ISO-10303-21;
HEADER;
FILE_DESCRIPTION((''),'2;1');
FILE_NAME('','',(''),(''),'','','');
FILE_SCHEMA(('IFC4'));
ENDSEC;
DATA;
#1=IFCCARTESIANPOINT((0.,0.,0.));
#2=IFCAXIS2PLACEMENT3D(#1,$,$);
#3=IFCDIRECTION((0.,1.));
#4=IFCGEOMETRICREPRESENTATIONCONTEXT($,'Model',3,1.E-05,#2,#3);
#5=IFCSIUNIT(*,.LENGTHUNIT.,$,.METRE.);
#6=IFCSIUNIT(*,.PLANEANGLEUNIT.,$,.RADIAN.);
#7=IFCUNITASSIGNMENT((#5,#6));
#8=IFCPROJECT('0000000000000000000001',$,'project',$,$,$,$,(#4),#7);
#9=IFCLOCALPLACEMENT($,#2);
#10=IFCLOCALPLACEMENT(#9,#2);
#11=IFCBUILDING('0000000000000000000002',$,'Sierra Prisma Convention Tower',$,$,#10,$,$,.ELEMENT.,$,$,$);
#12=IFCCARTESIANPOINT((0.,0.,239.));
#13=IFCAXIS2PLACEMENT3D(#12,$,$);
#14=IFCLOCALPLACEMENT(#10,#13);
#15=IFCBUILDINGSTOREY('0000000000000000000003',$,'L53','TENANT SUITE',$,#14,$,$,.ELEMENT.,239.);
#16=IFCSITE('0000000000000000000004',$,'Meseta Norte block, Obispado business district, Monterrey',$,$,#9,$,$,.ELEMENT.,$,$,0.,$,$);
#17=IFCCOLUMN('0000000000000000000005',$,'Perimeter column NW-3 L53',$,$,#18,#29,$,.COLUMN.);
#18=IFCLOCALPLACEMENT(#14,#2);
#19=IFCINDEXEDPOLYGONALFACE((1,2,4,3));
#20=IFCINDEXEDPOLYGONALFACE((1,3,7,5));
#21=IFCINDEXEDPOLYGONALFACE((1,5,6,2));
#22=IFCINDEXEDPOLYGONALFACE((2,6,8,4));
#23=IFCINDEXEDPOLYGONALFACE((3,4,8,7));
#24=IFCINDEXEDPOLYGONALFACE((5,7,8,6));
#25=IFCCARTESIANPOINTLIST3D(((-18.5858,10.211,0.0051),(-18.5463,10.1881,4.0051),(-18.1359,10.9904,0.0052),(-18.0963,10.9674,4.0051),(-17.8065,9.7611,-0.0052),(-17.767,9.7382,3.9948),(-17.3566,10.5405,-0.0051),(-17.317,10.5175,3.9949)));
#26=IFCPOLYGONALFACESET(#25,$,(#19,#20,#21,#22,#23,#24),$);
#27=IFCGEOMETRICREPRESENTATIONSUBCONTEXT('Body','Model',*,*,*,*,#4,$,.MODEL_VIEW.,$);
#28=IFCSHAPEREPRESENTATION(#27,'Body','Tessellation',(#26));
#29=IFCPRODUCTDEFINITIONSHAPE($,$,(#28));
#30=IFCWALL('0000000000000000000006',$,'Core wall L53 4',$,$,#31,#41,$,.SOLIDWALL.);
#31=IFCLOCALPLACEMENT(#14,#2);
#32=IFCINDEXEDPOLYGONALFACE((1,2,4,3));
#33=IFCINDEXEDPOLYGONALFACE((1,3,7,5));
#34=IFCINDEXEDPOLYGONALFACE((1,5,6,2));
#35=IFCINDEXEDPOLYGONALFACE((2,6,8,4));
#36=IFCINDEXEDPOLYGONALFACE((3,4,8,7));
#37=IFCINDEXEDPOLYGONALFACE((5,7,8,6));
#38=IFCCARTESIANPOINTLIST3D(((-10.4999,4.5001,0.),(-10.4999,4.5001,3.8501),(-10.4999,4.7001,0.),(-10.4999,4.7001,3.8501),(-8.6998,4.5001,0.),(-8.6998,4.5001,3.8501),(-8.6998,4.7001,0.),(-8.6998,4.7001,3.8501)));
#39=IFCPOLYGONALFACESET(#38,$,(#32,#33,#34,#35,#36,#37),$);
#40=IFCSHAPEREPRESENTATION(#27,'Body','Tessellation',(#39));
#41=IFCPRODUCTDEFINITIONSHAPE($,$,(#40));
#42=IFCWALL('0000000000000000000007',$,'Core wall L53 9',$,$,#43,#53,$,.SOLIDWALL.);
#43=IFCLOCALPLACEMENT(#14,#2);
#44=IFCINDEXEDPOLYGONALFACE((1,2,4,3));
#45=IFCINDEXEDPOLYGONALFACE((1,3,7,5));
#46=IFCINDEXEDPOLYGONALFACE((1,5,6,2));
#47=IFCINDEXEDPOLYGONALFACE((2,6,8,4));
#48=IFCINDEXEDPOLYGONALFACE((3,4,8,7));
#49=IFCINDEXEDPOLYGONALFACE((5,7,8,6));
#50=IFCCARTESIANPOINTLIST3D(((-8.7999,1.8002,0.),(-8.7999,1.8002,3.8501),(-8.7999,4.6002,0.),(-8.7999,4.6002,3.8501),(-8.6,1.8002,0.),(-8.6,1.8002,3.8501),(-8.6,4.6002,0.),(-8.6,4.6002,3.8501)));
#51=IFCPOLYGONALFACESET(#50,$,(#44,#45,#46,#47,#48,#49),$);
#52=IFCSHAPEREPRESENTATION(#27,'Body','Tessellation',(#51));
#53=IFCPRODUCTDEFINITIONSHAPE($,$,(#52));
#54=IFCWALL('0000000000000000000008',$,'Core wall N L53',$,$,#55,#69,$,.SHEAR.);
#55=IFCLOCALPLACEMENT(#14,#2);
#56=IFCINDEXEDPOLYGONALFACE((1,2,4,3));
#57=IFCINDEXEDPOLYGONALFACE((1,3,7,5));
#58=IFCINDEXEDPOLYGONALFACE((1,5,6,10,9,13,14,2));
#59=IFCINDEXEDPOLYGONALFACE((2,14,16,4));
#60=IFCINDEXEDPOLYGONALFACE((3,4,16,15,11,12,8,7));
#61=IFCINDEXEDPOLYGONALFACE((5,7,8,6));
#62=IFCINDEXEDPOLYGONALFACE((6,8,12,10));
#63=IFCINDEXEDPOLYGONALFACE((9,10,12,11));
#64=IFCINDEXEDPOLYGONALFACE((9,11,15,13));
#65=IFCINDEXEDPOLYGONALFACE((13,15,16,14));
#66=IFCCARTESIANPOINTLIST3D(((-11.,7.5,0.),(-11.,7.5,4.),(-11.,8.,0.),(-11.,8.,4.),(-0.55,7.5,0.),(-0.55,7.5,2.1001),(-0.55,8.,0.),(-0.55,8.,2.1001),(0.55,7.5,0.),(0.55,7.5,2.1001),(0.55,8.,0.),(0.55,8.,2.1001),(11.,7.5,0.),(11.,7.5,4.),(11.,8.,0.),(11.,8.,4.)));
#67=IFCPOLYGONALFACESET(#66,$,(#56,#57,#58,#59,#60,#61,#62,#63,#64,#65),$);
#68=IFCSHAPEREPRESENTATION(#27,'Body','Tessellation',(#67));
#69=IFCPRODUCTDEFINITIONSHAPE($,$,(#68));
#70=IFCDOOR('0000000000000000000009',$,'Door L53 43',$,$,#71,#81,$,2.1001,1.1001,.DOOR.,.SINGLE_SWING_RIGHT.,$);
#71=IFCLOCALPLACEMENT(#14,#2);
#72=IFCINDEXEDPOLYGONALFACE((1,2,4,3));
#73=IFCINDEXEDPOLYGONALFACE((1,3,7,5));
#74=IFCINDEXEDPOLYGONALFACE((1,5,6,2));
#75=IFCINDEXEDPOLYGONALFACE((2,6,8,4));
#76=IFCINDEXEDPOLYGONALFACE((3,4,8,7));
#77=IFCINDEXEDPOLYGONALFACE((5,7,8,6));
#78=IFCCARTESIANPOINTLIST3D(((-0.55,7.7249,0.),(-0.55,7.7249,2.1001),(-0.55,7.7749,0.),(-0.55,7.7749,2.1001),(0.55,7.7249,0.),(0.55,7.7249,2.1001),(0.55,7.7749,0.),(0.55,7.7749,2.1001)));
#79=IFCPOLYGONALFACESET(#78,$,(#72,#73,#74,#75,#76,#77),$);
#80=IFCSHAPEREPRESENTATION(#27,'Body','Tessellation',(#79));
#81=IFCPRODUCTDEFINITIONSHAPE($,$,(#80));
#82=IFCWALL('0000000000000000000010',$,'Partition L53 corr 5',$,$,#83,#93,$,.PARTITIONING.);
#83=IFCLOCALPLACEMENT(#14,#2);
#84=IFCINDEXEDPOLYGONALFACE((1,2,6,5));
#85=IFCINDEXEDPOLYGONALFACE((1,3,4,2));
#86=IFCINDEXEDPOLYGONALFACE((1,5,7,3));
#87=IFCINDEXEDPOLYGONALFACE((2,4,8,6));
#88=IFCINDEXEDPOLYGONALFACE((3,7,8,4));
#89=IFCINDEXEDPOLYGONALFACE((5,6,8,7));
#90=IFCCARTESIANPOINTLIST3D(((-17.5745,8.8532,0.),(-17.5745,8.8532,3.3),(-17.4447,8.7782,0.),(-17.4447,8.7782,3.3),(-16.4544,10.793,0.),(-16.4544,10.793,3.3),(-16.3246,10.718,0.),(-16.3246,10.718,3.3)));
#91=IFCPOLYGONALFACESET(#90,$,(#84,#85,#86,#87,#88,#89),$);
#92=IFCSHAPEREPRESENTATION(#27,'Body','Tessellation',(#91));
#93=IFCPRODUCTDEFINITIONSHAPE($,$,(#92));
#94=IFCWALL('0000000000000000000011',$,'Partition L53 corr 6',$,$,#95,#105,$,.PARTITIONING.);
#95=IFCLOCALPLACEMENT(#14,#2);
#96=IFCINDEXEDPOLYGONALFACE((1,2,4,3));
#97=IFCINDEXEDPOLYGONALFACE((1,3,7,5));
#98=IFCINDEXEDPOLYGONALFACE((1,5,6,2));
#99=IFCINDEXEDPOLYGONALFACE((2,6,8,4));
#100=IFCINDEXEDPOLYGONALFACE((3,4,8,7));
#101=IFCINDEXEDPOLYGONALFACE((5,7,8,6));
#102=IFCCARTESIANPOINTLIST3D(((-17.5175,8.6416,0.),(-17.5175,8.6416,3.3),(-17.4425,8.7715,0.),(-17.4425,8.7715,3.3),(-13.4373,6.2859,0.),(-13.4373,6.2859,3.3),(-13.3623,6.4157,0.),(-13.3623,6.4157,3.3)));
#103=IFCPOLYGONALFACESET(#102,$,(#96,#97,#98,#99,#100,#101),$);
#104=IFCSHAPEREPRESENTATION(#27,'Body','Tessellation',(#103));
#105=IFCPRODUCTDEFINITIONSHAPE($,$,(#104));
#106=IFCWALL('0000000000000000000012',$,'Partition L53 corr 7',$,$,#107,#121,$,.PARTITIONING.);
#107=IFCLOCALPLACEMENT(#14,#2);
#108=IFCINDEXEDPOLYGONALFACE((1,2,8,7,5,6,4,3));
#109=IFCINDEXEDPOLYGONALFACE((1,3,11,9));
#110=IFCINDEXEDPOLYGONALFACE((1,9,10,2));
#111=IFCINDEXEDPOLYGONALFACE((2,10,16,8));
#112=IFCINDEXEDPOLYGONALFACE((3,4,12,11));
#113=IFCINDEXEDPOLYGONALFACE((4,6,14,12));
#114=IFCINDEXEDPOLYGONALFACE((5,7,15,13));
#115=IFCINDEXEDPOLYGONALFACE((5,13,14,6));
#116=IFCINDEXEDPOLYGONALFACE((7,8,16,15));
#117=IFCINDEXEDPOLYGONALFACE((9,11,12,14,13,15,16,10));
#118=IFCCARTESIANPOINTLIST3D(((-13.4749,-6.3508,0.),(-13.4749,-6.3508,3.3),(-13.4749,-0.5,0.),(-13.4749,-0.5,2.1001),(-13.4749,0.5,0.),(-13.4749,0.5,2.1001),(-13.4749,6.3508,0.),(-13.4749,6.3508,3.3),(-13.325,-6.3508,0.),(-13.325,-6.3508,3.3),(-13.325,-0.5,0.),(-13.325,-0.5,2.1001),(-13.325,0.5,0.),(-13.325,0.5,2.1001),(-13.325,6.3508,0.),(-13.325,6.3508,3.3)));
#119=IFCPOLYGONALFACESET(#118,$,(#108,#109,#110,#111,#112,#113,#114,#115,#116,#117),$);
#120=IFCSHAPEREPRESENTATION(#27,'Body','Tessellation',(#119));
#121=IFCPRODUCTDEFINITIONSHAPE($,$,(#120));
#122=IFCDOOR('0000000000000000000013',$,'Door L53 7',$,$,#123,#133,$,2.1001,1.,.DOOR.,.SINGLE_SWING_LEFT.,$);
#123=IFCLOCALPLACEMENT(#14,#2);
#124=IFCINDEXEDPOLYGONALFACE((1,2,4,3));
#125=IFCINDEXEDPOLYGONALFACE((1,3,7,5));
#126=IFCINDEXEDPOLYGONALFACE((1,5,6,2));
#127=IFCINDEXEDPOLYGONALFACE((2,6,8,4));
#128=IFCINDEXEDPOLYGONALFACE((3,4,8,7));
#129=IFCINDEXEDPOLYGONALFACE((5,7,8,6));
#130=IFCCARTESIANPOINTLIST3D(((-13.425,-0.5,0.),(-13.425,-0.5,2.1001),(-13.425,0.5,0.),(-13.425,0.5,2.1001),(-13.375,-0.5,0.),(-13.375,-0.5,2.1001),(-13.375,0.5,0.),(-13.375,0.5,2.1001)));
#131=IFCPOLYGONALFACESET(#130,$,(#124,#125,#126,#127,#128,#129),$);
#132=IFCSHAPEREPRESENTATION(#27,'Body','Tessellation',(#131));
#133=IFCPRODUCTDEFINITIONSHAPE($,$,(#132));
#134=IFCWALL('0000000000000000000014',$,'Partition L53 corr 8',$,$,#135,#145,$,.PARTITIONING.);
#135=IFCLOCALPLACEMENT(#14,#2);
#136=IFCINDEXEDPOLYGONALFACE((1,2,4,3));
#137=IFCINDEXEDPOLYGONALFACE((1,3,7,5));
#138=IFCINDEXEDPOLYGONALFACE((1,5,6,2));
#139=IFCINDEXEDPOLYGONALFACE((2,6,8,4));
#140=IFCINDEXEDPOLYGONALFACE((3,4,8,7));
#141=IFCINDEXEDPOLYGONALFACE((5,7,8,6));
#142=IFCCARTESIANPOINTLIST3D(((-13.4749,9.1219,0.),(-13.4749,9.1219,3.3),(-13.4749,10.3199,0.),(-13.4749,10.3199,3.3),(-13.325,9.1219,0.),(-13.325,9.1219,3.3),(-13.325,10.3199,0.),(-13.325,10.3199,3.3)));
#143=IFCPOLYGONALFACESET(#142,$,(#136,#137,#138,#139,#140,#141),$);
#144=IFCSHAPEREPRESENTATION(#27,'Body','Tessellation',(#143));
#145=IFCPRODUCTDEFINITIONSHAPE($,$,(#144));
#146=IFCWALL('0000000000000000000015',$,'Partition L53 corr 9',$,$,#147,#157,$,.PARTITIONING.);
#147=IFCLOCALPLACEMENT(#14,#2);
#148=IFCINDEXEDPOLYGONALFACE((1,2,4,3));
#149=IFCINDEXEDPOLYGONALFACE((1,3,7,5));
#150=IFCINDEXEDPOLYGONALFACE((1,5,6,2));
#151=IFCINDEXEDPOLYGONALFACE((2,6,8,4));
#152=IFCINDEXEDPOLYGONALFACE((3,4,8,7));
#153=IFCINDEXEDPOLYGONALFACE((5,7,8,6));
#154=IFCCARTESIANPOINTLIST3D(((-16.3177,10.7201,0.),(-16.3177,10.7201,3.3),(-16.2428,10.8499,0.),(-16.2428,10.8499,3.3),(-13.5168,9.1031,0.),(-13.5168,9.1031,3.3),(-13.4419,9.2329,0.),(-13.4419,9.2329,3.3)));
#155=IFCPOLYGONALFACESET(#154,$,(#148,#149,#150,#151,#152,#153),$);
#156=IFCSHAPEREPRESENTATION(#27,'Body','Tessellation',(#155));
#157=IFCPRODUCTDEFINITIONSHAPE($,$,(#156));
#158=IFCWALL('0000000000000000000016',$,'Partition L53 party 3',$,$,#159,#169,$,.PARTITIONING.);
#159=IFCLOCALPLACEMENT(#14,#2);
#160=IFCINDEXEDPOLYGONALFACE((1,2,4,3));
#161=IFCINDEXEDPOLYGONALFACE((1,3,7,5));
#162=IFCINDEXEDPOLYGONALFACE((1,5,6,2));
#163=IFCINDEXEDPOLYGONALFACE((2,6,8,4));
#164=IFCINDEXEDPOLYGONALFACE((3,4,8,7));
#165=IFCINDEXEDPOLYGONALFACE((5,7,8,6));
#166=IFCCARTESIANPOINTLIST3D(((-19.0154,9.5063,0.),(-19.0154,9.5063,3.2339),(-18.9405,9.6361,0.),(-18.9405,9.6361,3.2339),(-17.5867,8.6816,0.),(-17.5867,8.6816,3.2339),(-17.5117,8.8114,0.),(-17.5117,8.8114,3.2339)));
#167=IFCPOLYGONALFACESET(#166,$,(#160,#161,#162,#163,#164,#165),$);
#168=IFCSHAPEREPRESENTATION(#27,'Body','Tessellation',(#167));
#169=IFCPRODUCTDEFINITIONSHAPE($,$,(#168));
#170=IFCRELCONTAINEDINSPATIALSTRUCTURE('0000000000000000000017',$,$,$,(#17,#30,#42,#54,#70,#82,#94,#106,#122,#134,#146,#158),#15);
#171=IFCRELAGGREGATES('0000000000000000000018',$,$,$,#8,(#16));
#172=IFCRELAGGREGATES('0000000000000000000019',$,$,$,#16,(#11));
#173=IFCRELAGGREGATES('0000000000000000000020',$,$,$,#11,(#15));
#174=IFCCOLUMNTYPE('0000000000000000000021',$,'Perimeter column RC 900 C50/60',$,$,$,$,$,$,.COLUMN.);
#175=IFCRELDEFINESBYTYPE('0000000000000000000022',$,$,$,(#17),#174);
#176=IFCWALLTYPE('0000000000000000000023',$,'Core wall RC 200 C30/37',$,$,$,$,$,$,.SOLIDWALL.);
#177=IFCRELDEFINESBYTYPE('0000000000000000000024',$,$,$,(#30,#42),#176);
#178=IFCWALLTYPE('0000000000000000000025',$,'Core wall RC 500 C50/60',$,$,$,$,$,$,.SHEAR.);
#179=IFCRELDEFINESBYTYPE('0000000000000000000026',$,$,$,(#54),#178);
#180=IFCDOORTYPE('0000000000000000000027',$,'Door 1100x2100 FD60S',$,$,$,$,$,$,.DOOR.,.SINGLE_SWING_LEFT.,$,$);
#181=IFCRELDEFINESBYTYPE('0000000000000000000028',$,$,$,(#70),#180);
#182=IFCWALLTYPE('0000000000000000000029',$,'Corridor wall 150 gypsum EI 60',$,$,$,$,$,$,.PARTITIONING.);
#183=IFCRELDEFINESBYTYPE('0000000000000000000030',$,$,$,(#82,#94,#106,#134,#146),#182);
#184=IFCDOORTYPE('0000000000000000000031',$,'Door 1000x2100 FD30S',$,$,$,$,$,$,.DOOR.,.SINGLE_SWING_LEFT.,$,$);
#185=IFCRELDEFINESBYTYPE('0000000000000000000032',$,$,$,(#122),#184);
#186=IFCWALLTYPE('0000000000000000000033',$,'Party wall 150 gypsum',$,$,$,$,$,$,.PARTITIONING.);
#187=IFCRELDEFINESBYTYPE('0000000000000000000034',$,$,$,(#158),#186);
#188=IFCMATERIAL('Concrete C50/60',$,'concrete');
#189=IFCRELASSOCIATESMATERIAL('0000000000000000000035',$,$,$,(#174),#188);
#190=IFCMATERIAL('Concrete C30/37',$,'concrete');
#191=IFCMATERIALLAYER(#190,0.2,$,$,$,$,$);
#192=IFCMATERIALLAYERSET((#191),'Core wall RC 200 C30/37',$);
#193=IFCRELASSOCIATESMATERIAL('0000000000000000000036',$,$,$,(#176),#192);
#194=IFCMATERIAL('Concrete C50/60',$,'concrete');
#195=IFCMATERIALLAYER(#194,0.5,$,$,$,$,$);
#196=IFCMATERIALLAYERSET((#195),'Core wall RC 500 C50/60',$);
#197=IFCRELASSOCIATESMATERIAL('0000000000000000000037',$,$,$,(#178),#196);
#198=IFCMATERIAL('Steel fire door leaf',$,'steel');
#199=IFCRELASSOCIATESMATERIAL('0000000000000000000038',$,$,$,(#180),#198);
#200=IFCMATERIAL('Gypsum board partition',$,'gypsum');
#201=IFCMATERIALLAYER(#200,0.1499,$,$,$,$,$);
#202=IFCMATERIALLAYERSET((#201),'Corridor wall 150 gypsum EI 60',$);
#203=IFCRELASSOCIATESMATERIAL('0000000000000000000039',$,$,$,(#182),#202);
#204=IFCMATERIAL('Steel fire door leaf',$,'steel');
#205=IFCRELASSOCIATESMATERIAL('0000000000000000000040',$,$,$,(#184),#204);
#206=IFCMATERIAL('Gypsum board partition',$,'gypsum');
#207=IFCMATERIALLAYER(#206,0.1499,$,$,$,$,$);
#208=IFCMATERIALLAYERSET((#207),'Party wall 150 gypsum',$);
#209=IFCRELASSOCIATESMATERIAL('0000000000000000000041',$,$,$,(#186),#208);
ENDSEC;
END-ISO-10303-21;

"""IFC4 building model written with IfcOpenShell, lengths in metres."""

from ifc_helpers import new_model, si_unit, direction, frame, frame_2d, origin, origin_2d, place, context, subcontext, project, spatial, rectangle, extrude, material, layer, layer_set, material_profile, profile_set, type_object, element, fill, save


model = new_model("IFC4")

# Units and contexts
model_context = context("Model", 3, precision=1e-05, world=origin(), true_north=direction((0.0, 1.0)))
body_context = subcontext(model_context, "Body", "Model", "MODEL_VIEW")
ifc_project = project(units=[si_unit("LENGTHUNIT", "METRE"), si_unit("PLANEANGLEUNIT", "RADIAN")], contexts=[model_context])

# Site, building, storey
site_placement = place(None, origin())
site = spatial("IfcSite", under=ifc_project, at=site_placement, Name="Meseta Norte block, Obispado business district, Monterrey", CompositionType="ELEMENT", RefElevation=0.0)
building_placement = place(site_placement, origin())
building = spatial("IfcBuilding", under=site, at=building_placement, Name="Sierra Prisma Convention Tower", CompositionType="ELEMENT")
storey_placement = place(building_placement, frame((0.0, 0.0, 239.0)))
storey = spatial("IfcBuildingStorey", under=building, at=storey_placement, Name="L53", Description="TENANT SUITE", CompositionType="ELEMENT", Elevation=239.0)

# Column
ifc_material_1 = material(Name="Concrete C50/60", Category="concrete")
ifc_material_profile = material_profile(ifc_material_1, rectangle(XDim=0.8999, YDim=0.8999, at=origin_2d()), Name="Perimeter column RC 900 C50/60")
ifc_profile_set = profile_set([ifc_material_profile], Name="Concrete C50/60")
column_type = type_object("IfcColumnType", Name="Perimeter column RC 900 C50/60", PredefinedType="COLUMN", material=ifc_profile_set)
column_placement = place(storey_placement, frame((-17.9712, 10.3757, 0.0), z_axis=(0.009887, -0.005737, 0.999935), x_axis=(0.499976, 0.86604, 0.000025)))
element("IfcColumn", 1, at=column_placement, inside=storey, type_object=column_type, Name="Perimeter column NW-3 L53", PredefinedType="COLUMN", context=body_context, shape_type="SweptSolid", body=[
    extrude(rectangle(XDim=0.8999, YDim=0.8999, at=origin_2d()), origin(), (0.0, 0.0, 1.0), 4.0002),
])

# Shared definitions
ifc_material_2 = material(Name="Concrete C30/37", Category="concrete")
ifc_layer_1 = layer(ifc_material_2, 0.2)
ifc_layer_set_1 = layer_set([ifc_layer_1], Name="Core wall RC 200 C30/37")
wall_type_1 = type_object("IfcWallType", Name="Core wall RC 200 C30/37", PredefinedType="SOLIDWALL", material=ifc_layer_set_1)

# Wall
wall_1_placement = place(storey_placement, frame((-8.7, 4.6001, 0.0), z_axis=(0.0, 0.0, 1.0), x_axis=(-1.0, 0.0, 0.0)))
element("IfcWall", 2, at=wall_1_placement, inside=storey, type_object=wall_type_1, Name="Core wall L53 4", PredefinedType="SOLIDWALL", context=body_context, shape_type="SweptSolid", body=[
    extrude(rectangle(XDim=1.8, YDim=0.2, at=frame_2d((0.8999, 0.0))), origin(), (0.0, 0.0, 1.0), 3.8501),
])

# Wall
wall_2_placement = place(storey_placement, frame((-8.7, 4.6001, 0.0), z_axis=(0.0, 0.0, 1.0), x_axis=(0.0, -1.0, 0.0)))
element("IfcWall", 3, at=wall_2_placement, inside=storey, type_object=wall_type_1, Name="Core wall L53 9", PredefinedType="SOLIDWALL", context=body_context, shape_type="SweptSolid", body=[
    extrude(rectangle(XDim=2.8, YDim=0.2, at=frame_2d((1.3999, 0.0))), origin(), (0.0, 0.0, 1.0), 3.8501),
])

# Wall, opening, door
ifc_material_3 = material(Name="Concrete C50/60", Category="concrete")
ifc_layer_2 = layer(ifc_material_3, 0.5)
ifc_layer_set_2 = layer_set([ifc_layer_2], Name="Core wall RC 500 C50/60")
wall_type_2 = type_object("IfcWallType", Name="Core wall RC 500 C50/60", PredefinedType="SHEAR", material=ifc_layer_set_2)
wall_3_placement = place(storey_placement, frame((-11.0, 7.75, 0.0), z_axis=(0.0, 0.0, 1.0), x_axis=(1.0, 0.0, 0.0)))
wall_3 = element("IfcWall", 4, at=wall_3_placement, inside=storey, type_object=wall_type_2, Name="Core wall N L53", PredefinedType="SHEAR", context=body_context, shape_type="SweptSolid", body=[
    extrude(rectangle(XDim=22.0, YDim=0.5, at=frame_2d((11.0, 0.0))), origin(), (0.0, 0.0, 1.0), 4.0),
])
opening_1_placement = place(wall_3_placement, frame((10.45, 0.0, 0.0)))
opening_1 = element("IfcOpeningElement", 5, at=opening_1_placement, cuts=wall_3, PredefinedType="OPENING", context=body_context, shape_type="SweptSolid", body=[
    extrude(rectangle(XDim=1.1001, YDim=2.1001, at=frame_2d((0.55, 1.05))), frame((0.0, 0.25, 0.0), z_axis=(0.0, -1.0, 0.0), x_axis=(1.0, 0.0, 0.0)), (0.0, 0.0, 1.0), 0.5),
])
ifc_material_4 = material(Name="Steel fire door leaf", Category="steel")
door_type_1 = type_object("IfcDoorType", Name="Door 1100x2100 FD60S", OperationType="SINGLE_SWING_LEFT", PredefinedType="DOOR", material=ifc_material_4)
door_1_placement = place(opening_1_placement, origin())
door_1 = element("IfcDoor", 6, at=door_1_placement, inside=storey, type_object=door_type_1, Name="Door L53 43", OperationType="SINGLE_SWING_RIGHT", OverallHeight=2.1001, OverallWidth=1.1001, PredefinedType="DOOR", context=body_context, shape_type="SweptSolid", body=[
    extrude(rectangle(XDim=1.1001, YDim=2.1001, at=frame_2d((0.55, 1.05))), frame((0.0, 0.0249, 0.0), z_axis=(0.0, -1.0, 0.0), x_axis=(1.0, 0.0, 0.0)), (0.0, 0.0, 1.0), 0.05),
])
fill(opening_1, door_1)

# Walls
ifc_material_5 = material(Name="Gypsum board partition", Category="gypsum")
ifc_layer_3 = layer(ifc_material_5, 0.1499)
ifc_layer_set_3 = layer_set([ifc_layer_3], Name="Corridor wall 150 gypsum EI 60")
wall_type_3 = type_object("IfcWallType", Name="Corridor wall 150 gypsum EI 60", PredefinedType="PARTITIONING", material=ifc_layer_set_3)
wall_4_placement = place(storey_placement, frame((-16.3894, 10.7556, 0.0), z_axis=(0.0, 0.0, 1.0), x_axis=(-0.500078, -0.86598, 0.0)))
element("IfcWall", 7, at=wall_4_placement, inside=storey, type_object=wall_type_3, Name="Partition L53 corr 5", PredefinedType="PARTITIONING", context=body_context, shape_type="SweptSolid", body=[
    extrude(rectangle(XDim=2.24, YDim=0.1499, at=frame_2d((1.1201, 0.0))), origin(), (0.0, 0.0, 1.0), 3.3),
])
wall_5_placement = place(storey_placement, frame((-17.48, 8.7065, 0.0), z_axis=(0.0, 0.0, 1.0), x_axis=(0.866018, -0.500013, 0.0)))
element("IfcWall", 8, at=wall_5_placement, inside=storey, type_object=wall_type_3, Name="Partition L53 corr 6", PredefinedType="PARTITIONING", context=body_context, shape_type="SweptSolid", body=[
    extrude(rectangle(XDim=4.7114, YDim=0.1499, at=frame_2d((2.3557, 0.0))), origin(), (0.0, 0.0, 1.0), 3.3),
])

# Wall, opening, door
wall_6_placement = place(storey_placement, frame((-13.3999, 6.3508, 0.0), z_axis=(0.0, 0.0, 1.0), x_axis=(0.0, -1.0, 0.0)))
wall_6 = element("IfcWall", 9, at=wall_6_placement, inside=storey, type_object=wall_type_3, Name="Partition L53 corr 7", PredefinedType="PARTITIONING", context=body_context, shape_type="SweptSolid", body=[
    extrude(rectangle(XDim=12.7017, YDim=0.1499, at=frame_2d((6.3508, 0.0))), origin(), (0.0, 0.0, 1.0), 3.3),
])
opening_2_placement = place(wall_6_placement, frame((5.8508, 0.0, 0.0)))
opening_2 = element("IfcOpeningElement", 10, at=opening_2_placement, cuts=wall_6, PredefinedType="OPENING", context=body_context, shape_type="SweptSolid", body=[
    extrude(rectangle(XDim=1.0, YDim=2.1001, at=frame_2d((0.5, 1.05))), frame((0.0, 0.075, 0.0), z_axis=(0.0, -1.0, 0.0), x_axis=(1.0, 0.0, 0.0)), (0.0, 0.0, 1.0), 0.1499),
])
ifc_material_6 = material(Name="Steel fire door leaf", Category="steel")
door_type_2 = type_object("IfcDoorType", Name="Door 1000x2100 FD30S", OperationType="SINGLE_SWING_LEFT", PredefinedType="DOOR", material=ifc_material_6)
door_2_placement = place(opening_2_placement, origin())
door_2 = element("IfcDoor", 11, at=door_2_placement, inside=storey, type_object=door_type_2, Name="Door L53 7", OperationType="SINGLE_SWING_LEFT", OverallHeight=2.1001, OverallWidth=1.0, PredefinedType="DOOR", context=body_context, shape_type="SweptSolid", body=[
    extrude(rectangle(XDim=1.0, YDim=2.1001, at=frame_2d((0.5, 1.05))), frame((0.0, 0.0249, 0.0), z_axis=(0.0, -1.0, 0.0), x_axis=(1.0, 0.0, 0.0)), (0.0, 0.0, 1.0), 0.05),
])
fill(opening_2, door_2)

# Walls
wall_7_placement = place(storey_placement, frame((-13.3999, 10.3201, 0.0), z_axis=(0.0, 0.0, 1.0), x_axis=(0.0, -1.0, 0.0)))
element("IfcWall", 12, at=wall_7_placement, inside=storey, type_object=wall_type_3, Name="Partition L53 corr 8", PredefinedType="PARTITIONING", context=body_context, shape_type="SweptSolid", body=[
    extrude(rectangle(XDim=1.198, YDim=0.1499, at=frame_2d((0.5991, 0.0))), origin(), (0.0, 0.0, 1.0), 3.3),
])
wall_8_placement = place(storey_placement, frame((-13.4792, 9.168, 0.0), z_axis=(0.0, 0.0, 1.0), x_axis=(-0.866037, 0.499979, 0.0)))
element("IfcWall", 13, at=wall_8_placement, inside=storey, type_object=wall_type_3, Name="Partition L53 corr 9", PredefinedType="PARTITIONING", context=body_context, shape_type="SweptSolid", body=[
    extrude(rectangle(XDim=3.2341, YDim=0.1499, at=frame_2d((1.6172, 0.0))), origin(), (0.0, 0.0, 1.0), 3.3),
])
ifc_material_7 = material(Name="Gypsum board partition", Category="gypsum")
ifc_layer_4 = layer(ifc_material_7, 0.1499)
ifc_layer_set_4 = layer_set([ifc_layer_4], Name="Party wall 150 gypsum")
wall_type_4 = type_object("IfcWallType", Name="Party wall 150 gypsum", PredefinedType="PARTITIONING", material=ifc_layer_set_4)
wall_9_placement = place(storey_placement, frame((-17.5493, 8.7466, 0.0), z_axis=(0.0, 0.0, 1.0), x_axis=(-0.866067, 0.499927, 0.0)))
element("IfcWall", 14, at=wall_9_placement, inside=storey, type_object=wall_type_4, Name="Partition L53 party 3", PredefinedType="PARTITIONING", context=body_context, shape_type="SweptSolid", body=[
    extrude(rectangle(XDim=1.6497, YDim=0.1499, at=frame_2d((0.8247, 0.0))), origin(), (0.0, 0.0, 1.0), 3.2339),
])

save(model, "model.ifc")
